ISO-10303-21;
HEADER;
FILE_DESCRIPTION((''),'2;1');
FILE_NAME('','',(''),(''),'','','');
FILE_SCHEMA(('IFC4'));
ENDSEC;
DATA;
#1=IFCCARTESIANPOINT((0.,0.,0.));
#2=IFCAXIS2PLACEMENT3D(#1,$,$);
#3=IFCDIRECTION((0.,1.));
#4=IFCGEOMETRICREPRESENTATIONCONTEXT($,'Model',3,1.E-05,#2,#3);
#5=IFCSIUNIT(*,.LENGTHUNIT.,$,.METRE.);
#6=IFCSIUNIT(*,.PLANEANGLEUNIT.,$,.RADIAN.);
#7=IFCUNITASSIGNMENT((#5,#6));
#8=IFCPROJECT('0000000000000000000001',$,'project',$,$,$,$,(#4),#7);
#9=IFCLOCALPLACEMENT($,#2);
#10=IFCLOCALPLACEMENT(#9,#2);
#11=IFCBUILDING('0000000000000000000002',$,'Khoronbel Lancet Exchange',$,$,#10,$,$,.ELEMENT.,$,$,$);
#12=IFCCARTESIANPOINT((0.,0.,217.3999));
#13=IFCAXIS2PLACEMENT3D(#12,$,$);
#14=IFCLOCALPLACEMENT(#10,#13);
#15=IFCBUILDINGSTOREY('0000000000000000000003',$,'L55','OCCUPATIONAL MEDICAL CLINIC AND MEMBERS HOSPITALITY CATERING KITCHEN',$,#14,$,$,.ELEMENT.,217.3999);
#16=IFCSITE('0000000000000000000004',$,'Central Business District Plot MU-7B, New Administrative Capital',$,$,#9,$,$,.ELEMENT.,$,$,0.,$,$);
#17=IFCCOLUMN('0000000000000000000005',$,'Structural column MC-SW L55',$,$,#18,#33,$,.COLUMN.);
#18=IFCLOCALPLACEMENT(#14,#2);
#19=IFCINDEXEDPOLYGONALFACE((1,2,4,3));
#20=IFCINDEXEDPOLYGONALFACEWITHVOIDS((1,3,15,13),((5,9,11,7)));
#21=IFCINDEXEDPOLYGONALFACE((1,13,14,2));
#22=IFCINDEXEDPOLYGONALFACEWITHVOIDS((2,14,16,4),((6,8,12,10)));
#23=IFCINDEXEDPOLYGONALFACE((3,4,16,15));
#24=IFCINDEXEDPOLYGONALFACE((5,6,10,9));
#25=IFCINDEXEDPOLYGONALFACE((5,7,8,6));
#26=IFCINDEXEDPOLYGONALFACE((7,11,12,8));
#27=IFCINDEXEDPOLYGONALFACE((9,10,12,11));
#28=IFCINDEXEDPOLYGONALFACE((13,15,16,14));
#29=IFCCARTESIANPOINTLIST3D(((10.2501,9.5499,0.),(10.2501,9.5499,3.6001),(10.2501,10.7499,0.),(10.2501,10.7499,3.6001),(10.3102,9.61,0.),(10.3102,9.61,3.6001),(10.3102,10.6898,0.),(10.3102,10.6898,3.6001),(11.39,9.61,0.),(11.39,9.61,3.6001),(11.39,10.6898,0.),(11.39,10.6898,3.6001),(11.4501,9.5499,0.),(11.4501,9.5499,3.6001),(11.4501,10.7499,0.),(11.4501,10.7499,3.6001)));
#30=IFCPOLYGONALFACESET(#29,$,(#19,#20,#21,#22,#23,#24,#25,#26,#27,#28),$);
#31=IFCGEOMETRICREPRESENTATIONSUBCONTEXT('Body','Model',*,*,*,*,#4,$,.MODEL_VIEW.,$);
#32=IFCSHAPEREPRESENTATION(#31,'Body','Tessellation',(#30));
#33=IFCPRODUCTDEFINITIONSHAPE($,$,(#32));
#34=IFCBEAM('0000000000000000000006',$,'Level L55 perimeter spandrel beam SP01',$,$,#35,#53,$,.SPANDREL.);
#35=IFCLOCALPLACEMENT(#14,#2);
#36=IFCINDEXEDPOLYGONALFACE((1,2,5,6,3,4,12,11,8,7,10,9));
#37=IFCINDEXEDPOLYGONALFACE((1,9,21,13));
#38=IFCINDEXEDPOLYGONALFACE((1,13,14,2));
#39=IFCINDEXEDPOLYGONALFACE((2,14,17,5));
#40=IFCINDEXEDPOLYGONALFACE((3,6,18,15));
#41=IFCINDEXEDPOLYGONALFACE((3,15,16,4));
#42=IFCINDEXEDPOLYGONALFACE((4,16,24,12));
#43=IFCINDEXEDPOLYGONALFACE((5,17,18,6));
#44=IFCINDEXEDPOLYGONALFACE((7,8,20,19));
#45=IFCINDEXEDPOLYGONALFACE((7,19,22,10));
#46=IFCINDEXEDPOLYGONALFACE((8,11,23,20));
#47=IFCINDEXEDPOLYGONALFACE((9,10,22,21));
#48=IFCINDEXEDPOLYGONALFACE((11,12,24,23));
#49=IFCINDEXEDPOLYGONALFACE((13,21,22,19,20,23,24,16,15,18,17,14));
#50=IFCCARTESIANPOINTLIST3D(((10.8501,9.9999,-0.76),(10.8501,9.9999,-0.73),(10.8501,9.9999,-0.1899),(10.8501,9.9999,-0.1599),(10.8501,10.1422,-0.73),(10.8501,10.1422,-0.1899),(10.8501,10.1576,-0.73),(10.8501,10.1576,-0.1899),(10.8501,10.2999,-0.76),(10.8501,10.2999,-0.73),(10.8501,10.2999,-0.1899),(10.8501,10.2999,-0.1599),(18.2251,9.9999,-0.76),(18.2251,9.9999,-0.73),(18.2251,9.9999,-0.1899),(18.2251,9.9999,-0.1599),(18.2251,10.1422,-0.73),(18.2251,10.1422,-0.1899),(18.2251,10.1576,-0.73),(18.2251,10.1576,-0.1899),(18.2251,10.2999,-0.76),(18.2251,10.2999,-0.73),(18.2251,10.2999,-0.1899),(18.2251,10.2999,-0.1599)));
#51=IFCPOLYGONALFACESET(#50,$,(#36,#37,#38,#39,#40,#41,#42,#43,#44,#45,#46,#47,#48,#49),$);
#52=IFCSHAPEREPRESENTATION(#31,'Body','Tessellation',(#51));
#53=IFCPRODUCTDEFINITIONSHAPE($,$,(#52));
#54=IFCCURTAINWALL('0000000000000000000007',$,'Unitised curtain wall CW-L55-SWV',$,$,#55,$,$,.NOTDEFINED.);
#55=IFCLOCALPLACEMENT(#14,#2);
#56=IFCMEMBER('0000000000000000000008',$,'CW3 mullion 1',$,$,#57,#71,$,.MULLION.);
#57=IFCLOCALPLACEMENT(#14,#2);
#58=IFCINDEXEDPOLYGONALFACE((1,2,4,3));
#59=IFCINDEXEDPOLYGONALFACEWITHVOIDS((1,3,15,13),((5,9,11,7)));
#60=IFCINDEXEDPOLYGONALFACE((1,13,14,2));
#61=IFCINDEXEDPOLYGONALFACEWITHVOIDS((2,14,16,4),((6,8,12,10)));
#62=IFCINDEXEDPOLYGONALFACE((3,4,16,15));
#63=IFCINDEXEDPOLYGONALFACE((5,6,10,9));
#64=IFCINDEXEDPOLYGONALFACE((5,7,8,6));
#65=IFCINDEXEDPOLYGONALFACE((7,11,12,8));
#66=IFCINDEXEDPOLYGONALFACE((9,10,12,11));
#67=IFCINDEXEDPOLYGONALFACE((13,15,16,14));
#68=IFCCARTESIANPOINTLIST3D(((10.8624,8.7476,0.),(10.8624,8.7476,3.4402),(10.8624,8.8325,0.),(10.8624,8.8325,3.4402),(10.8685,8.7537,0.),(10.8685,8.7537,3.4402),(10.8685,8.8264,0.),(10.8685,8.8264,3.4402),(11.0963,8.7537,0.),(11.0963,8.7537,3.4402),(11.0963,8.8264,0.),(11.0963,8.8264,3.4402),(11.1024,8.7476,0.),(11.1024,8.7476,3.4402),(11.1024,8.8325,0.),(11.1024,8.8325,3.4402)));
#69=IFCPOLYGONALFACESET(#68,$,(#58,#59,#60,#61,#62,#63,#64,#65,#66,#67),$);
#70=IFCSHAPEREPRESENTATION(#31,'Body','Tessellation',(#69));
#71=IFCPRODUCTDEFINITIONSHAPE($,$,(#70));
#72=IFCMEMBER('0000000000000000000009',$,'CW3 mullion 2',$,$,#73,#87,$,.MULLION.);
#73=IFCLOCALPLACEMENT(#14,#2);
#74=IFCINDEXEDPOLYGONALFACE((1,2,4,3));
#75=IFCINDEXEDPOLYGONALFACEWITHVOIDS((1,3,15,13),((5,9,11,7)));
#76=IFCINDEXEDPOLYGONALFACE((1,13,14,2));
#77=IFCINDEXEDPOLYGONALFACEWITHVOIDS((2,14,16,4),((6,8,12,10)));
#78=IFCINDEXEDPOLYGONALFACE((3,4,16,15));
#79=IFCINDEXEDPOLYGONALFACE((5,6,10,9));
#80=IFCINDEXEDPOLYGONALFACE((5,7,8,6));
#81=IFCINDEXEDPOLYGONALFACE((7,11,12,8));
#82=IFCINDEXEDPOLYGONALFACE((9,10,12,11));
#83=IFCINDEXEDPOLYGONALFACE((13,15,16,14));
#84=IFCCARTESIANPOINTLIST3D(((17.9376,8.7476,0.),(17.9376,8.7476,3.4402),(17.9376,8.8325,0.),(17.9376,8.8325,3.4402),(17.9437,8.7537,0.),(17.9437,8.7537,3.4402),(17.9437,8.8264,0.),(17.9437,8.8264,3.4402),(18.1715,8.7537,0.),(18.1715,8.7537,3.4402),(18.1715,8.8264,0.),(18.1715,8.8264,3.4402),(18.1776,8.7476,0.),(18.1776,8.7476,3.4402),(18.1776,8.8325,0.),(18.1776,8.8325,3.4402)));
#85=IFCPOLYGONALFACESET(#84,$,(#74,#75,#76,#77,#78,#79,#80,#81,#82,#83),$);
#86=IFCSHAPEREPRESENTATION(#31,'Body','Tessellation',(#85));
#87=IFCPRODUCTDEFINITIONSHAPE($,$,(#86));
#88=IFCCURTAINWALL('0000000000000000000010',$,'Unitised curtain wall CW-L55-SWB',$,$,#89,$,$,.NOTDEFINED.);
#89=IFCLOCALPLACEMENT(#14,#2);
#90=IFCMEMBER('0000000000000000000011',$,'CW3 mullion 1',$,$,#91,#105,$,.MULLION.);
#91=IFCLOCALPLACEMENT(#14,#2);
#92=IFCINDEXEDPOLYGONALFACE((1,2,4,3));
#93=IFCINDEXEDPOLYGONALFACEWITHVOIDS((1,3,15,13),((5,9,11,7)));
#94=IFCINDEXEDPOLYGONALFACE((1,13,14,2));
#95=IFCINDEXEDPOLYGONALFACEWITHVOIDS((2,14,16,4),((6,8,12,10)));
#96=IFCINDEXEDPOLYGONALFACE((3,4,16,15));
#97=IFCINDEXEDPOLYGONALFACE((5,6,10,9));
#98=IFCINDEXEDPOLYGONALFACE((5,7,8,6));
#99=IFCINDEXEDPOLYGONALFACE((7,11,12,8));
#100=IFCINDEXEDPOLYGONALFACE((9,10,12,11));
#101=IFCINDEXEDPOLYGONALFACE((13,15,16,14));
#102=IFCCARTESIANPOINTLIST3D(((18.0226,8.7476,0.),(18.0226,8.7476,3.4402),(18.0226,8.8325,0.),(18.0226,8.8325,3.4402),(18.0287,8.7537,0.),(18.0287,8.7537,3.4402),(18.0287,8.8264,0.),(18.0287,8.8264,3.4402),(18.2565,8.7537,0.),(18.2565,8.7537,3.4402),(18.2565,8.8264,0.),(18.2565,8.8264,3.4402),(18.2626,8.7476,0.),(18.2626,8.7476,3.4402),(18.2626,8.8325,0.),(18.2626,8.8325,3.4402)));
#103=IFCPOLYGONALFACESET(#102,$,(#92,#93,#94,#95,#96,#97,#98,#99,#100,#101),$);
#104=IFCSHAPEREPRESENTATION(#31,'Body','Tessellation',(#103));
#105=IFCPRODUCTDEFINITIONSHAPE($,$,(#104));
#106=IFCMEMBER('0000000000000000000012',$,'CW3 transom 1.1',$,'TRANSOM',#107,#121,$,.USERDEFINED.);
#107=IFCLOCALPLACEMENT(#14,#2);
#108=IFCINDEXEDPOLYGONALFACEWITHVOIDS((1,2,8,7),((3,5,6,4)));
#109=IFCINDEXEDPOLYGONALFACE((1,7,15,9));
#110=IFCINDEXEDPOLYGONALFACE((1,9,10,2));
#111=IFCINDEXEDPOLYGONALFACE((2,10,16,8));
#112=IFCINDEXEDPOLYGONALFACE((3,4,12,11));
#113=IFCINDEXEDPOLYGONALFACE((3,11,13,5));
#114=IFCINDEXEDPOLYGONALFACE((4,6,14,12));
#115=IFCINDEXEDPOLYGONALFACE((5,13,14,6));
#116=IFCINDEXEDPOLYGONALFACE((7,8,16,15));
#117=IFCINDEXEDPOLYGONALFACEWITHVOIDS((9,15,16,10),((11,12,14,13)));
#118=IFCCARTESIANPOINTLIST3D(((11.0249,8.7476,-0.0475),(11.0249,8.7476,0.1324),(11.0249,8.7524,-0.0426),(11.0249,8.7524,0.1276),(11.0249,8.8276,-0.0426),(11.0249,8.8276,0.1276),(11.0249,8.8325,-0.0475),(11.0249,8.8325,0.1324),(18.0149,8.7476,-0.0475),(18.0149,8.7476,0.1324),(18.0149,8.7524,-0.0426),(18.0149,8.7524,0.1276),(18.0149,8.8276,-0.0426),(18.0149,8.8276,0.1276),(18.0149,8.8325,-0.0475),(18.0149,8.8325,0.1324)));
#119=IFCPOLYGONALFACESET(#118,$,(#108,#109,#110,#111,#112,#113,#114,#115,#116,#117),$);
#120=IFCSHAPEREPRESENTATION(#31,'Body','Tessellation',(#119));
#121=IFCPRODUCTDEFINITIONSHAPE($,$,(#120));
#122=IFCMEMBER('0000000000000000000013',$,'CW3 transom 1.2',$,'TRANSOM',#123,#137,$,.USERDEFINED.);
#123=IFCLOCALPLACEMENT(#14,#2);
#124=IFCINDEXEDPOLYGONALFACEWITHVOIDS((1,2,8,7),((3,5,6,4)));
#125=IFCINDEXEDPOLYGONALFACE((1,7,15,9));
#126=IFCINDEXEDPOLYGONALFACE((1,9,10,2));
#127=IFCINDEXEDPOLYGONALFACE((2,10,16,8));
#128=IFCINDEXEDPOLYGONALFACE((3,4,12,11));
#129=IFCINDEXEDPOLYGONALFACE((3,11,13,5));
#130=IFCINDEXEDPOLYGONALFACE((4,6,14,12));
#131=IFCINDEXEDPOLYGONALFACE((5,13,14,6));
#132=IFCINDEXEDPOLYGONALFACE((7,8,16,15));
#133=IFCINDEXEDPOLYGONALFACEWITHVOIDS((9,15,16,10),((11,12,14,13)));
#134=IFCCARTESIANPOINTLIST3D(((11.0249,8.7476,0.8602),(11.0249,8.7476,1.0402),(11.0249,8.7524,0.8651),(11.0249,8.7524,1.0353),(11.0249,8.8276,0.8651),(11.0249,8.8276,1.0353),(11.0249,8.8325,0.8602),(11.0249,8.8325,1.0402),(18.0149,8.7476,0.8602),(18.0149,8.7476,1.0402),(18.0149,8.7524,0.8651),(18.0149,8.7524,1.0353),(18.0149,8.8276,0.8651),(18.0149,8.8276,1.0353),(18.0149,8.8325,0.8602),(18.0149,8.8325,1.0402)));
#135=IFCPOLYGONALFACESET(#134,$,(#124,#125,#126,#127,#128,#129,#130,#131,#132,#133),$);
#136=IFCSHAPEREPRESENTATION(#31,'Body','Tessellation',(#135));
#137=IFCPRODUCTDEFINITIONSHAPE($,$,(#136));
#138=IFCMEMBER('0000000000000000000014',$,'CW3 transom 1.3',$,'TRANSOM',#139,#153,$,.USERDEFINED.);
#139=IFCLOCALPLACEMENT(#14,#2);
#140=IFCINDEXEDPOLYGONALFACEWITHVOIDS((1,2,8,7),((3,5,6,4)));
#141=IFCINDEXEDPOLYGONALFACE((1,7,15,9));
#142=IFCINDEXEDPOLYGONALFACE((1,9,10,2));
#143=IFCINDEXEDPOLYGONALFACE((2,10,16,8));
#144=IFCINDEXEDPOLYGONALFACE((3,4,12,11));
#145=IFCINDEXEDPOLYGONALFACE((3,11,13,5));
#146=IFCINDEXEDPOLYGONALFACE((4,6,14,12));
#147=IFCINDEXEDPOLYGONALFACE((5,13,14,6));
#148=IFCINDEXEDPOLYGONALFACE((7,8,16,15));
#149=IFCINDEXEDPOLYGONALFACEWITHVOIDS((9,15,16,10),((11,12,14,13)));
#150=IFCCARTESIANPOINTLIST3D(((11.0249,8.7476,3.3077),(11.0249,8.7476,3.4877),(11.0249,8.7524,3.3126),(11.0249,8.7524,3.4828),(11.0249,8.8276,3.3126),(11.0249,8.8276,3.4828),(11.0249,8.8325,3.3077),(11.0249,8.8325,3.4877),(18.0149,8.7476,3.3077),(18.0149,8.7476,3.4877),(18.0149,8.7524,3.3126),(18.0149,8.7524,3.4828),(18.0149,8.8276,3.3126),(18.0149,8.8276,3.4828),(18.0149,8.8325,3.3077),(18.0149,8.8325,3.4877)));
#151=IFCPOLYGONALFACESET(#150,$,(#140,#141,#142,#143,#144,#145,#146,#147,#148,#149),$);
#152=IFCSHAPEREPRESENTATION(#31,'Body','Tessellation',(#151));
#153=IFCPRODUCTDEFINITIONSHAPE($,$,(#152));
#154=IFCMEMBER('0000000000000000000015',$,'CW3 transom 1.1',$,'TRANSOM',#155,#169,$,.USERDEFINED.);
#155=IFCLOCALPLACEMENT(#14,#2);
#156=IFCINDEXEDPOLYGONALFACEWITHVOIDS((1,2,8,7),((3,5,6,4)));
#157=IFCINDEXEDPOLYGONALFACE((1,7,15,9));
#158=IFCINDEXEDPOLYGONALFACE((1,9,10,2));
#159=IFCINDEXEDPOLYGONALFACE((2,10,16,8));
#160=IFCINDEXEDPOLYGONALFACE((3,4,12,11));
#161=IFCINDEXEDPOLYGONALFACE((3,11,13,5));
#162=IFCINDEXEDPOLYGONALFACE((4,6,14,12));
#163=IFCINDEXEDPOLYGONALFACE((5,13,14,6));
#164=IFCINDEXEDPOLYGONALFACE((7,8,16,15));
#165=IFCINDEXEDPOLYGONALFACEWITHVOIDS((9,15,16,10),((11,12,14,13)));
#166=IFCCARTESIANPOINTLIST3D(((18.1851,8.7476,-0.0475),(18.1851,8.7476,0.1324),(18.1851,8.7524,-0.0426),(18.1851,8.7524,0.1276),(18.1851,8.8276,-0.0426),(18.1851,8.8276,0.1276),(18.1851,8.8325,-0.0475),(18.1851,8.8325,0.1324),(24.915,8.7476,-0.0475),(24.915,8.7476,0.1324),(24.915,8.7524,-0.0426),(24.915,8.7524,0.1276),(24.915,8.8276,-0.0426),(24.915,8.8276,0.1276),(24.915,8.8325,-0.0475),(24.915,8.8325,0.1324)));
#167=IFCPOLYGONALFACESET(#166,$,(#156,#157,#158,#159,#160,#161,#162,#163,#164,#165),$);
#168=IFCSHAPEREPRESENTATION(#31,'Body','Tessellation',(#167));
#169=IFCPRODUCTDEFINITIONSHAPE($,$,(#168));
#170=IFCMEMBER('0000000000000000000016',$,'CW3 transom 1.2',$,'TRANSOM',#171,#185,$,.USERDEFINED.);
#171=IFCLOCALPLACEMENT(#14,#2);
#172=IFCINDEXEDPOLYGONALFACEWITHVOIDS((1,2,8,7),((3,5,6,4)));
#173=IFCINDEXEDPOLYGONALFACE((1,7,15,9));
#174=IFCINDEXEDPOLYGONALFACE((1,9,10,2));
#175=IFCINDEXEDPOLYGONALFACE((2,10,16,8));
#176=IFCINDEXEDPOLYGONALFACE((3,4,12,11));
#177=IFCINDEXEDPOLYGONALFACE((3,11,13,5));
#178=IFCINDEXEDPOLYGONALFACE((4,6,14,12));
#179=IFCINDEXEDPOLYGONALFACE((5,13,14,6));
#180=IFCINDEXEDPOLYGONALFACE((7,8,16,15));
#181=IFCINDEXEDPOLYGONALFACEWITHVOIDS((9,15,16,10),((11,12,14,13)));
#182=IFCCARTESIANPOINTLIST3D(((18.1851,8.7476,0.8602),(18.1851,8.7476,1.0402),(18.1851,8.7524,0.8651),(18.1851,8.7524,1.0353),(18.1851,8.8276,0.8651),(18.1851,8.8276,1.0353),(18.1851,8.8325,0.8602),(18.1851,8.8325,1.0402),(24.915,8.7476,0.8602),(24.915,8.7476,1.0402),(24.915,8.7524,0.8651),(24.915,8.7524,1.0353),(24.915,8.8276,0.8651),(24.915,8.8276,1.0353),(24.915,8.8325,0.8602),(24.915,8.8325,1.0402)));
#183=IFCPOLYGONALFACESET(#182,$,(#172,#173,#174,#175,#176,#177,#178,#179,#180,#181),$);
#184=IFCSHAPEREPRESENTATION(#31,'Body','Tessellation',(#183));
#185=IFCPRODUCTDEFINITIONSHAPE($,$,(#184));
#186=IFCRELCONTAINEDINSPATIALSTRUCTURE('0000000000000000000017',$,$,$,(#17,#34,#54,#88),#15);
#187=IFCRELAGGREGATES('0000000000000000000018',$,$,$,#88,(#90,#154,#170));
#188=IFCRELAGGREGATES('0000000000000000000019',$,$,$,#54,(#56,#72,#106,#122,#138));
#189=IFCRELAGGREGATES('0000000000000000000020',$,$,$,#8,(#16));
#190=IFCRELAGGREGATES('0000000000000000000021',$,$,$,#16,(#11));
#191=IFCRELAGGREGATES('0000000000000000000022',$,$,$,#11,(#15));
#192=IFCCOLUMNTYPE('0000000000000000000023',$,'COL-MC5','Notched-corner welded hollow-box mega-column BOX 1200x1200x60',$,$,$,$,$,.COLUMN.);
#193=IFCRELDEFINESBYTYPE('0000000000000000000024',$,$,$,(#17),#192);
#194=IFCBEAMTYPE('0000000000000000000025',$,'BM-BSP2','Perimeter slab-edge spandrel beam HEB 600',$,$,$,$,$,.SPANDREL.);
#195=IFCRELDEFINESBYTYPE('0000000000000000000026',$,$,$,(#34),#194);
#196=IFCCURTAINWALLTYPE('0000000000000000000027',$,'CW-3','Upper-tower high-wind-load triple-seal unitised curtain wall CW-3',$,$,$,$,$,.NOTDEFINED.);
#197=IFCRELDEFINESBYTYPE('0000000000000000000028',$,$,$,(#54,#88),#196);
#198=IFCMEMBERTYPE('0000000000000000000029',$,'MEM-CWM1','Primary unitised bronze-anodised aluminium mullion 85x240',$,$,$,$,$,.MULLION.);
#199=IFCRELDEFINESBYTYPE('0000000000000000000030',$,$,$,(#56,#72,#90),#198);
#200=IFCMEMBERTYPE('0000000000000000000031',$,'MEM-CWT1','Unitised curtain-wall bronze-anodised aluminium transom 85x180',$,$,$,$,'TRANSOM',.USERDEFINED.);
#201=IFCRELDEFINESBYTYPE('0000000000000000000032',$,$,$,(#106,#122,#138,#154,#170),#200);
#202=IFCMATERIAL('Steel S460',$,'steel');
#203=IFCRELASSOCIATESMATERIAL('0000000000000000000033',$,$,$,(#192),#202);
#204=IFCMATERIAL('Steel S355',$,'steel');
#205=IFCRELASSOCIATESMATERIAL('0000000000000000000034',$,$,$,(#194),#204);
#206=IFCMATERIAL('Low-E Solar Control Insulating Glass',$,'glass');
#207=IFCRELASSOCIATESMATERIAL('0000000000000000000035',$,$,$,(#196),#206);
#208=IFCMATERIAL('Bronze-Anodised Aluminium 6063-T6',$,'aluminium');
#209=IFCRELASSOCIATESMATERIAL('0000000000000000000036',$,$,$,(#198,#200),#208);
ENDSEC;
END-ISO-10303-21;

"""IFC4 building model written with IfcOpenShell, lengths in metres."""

from ifc_helpers import new_model, si_unit, direction, frame, origin, origin_2d, place, context, subcontext, project, spatial, hollow_rectangle, i_section, extrude, material, material_profile, profile_set, type_object, element, aggregate, save


model = new_model("IFC4")

# Units and contexts
model_context = context("Model", 3, precision=1e-05, world=origin(), true_north=direction((0.0, 1.0)))
body_context = subcontext(model_context, "Body", "Model", "MODEL_VIEW")
ifc_project = project(units=[si_unit("LENGTHUNIT", "METRE"), si_unit("PLANEANGLEUNIT", "RADIAN")], contexts=[model_context])

# Site, building, storey
site_placement = place(None, origin())
site = spatial("IfcSite", under=ifc_project, at=site_placement, Name="Central Business District Plot MU-7B, New Administrative Capital", CompositionType="ELEMENT", RefElevation=0.0)
building_placement = place(site_placement, origin())
building = spatial("IfcBuilding", under=site, at=building_placement, Name="Khoronbel Lancet Exchange", CompositionType="ELEMENT")
storey_placement = place(building_placement, frame((0.0, 0.0, 217.3999)))
storey = spatial("IfcBuildingStorey", under=building, at=storey_placement, Name="L55", Description="OCCUPATIONAL MEDICAL CLINIC AND MEMBERS HOSPITALITY CATERING KITCHEN", CompositionType="ELEMENT", Elevation=217.3999)

# Column
ifc_material_1 = material(Name="Steel S460", Category="steel")
ifc_material_profile_1 = material_profile(ifc_material_1, hollow_rectangle(XDim=1.2, YDim=1.2, WallThickness=0.0601, at=origin_2d()), Name="BOX 1200x1200x60")
ifc_profile_set_1 = profile_set([ifc_material_profile_1], Name="Steel S460")
column_type = type_object("IfcColumnType", Name="COL-MC5", Description="Notched-corner welded hollow-box mega-column BOX 1200x1200x60", PredefinedType="COLUMN", material=ifc_profile_set_1)
column_placement = place(storey_placement, frame((10.8501, 10.1499, 0.0), z_axis=(0.0, 0.0, 1.0), x_axis=(1.0, 0.0, 0.0)))
element("IfcColumn", 1, at=column_placement, inside=storey, type_object=column_type, Name="Structural column MC-SW L55", PredefinedType="COLUMN", context=body_context, shape_type="SweptSolid", body=[
    extrude(hollow_rectangle(XDim=1.2, YDim=1.2, WallThickness=0.0601, at=origin_2d()), origin(), (0.0, 0.0, 1.0), 3.6001),
])

# Beam
ifc_material_2 = material(Name="Steel S355", Category="steel")
ifc_material_profile_2 = material_profile(ifc_material_2, i_section(OverallWidth=0.3, OverallDepth=0.6001, WebThickness=0.0154, FlangeThickness=0.03, at=origin_2d()), Name="HEB 600")
ifc_profile_set_2 = profile_set([ifc_material_profile_2], Name="Steel S355")
beam_type = type_object("IfcBeamType", Name="BM-BSP2", Description="Perimeter slab-edge spandrel beam HEB 600", PredefinedType="SPANDREL", material=ifc_profile_set_2)
beam_placement = place(storey_placement, frame((10.8501, 10.1499, -0.46), z_axis=(1.0, 0.0, 0.0), x_axis=(0.0, 1.0, 0.0)))
element("IfcBeam", 2, at=beam_placement, inside=storey, type_object=beam_type, Name="Level L55 perimeter spandrel beam SP01", PredefinedType="SPANDREL", context=body_context, shape_type="SweptSolid", body=[
    extrude(i_section(OverallWidth=0.3, OverallDepth=0.6001, WebThickness=0.0154, FlangeThickness=0.03, at=origin_2d()), origin(), (0.0, 0.0, 1.0), 7.375),
])

# Curtain wall, members
ifc_material_3 = material(Name="Low-E Solar Control Insulating Glass", Category="glass")
curtain_wall_type = type_object("IfcCurtainWallType", Name="CW-3", Description="Upper-tower high-wind-load triple-seal unitised curtain wall CW-3", PredefinedType="NOTDEFINED", material=ifc_material_3)
curtain_wall_1_placement = place(storey_placement, origin())
curtain_wall_1 = element("IfcCurtainWall", 3, at=curtain_wall_1_placement, inside=storey, type_object=curtain_wall_type, Name="Unitised curtain wall CW-L55-SWV", PredefinedType="NOTDEFINED")
ifc_material_4 = material(Name="Bronze-Anodised Aluminium 6063-T6", Category="aluminium")
ifc_material_profile_3 = material_profile(ifc_material_4, hollow_rectangle(XDim=0.085, YDim=0.24, WallThickness=0.0061, at=origin_2d()), Name="ALU MULLION 85x240")
ifc_profile_set_3 = profile_set([ifc_material_profile_3], Name="Bronze-Anodised Aluminium 6063-T6")
member_type_1 = type_object("IfcMemberType", Name="MEM-CWM1", Description="Primary unitised bronze-anodised aluminium mullion 85x240", PredefinedType="MULLION", material=ifc_profile_set_3)
member_1_placement = place(storey_placement, frame((10.9824, 8.79, 0.0), z_axis=(0.0, 0.0, 1.0), x_axis=(0.0, 1.0, 0.0)))
member_1 = element("IfcMember", 4, at=member_1_placement, type_object=member_type_1, Name="CW3 mullion 1", PredefinedType="MULLION", context=body_context, shape_type="SweptSolid", body=[
    extrude(hollow_rectangle(XDim=0.085, YDim=0.24, WallThickness=0.0061, at=origin_2d()), origin(), (0.0, 0.0, 1.0), 3.4402),
])
member_2_placement = place(storey_placement, frame((18.0576, 8.79, 0.0), z_axis=(0.0, 0.0, 1.0), x_axis=(0.0, 1.0, 0.0)))
member_2 = element("IfcMember", 5, at=member_2_placement, type_object=member_type_1, Name="CW3 mullion 2", PredefinedType="MULLION", context=body_context, shape_type="SweptSolid", body=[
    extrude(hollow_rectangle(XDim=0.085, YDim=0.24, WallThickness=0.0061, at=origin_2d()), origin(), (0.0, 0.0, 1.0), 3.4402),
])

# Curtain wall, member
curtain_wall_2_placement = place(storey_placement, origin())
curtain_wall_2 = element("IfcCurtainWall", 6, at=curtain_wall_2_placement, inside=storey, type_object=curtain_wall_type, Name="Unitised curtain wall CW-L55-SWB", PredefinedType="NOTDEFINED")
member_3_placement = place(storey_placement, frame((18.1426, 8.79, 0.0), z_axis=(0.0, 0.0, 1.0), x_axis=(0.0, 1.0, 0.0)))
member_3 = element("IfcMember", 7, at=member_3_placement, type_object=member_type_1, Name="CW3 mullion 1", PredefinedType="MULLION", context=body_context, shape_type="SweptSolid", body=[
    extrude(hollow_rectangle(XDim=0.085, YDim=0.24, WallThickness=0.0061, at=origin_2d()), origin(), (0.0, 0.0, 1.0), 3.4402),
])

# Members
ifc_material_profile_4 = material_profile(ifc_material_4, hollow_rectangle(XDim=0.085, YDim=0.1799, WallThickness=0.0049, at=origin_2d()), Name="ALU TRANSOM 85x180")
ifc_profile_set_4 = profile_set([ifc_material_profile_4], Name="Bronze-Anodised Aluminium 6063-T6")
member_type_2 = type_object("IfcMemberType", Name="MEM-CWT1", Description="Unitised curtain-wall bronze-anodised aluminium transom 85x180", ElementType="TRANSOM", PredefinedType="USERDEFINED", material=ifc_profile_set_4)
member_4_placement = place(storey_placement, frame((11.0249, 8.79, 0.0425), z_axis=(1.0, 0.0, 0.0), x_axis=(0.0, 1.0, 0.0)))
member_4 = element("IfcMember", 8, at=member_4_placement, type_object=member_type_2, Name="CW3 transom 1.1", ObjectType="TRANSOM", PredefinedType="USERDEFINED", context=body_context, shape_type="SweptSolid", body=[
    extrude(hollow_rectangle(XDim=0.085, YDim=0.1799, WallThickness=0.0049, at=origin_2d()), origin(), (0.0, 0.0, 1.0), 6.99),
])
member_5_placement = place(storey_placement, frame((11.0249, 8.79, 0.9502), z_axis=(1.0, 0.0, 0.0), x_axis=(0.0, 1.0, 0.0)))
member_5 = element("IfcMember", 9, at=member_5_placement, type_object=member_type_2, Name="CW3 transom 1.2", ObjectType="TRANSOM", PredefinedType="USERDEFINED", context=body_context, shape_type="SweptSolid", body=[
    extrude(hollow_rectangle(XDim=0.085, YDim=0.1799, WallThickness=0.0049, at=origin_2d()), origin(), (0.0, 0.0, 1.0), 6.99),
])
member_6_placement = place(storey_placement, frame((11.0249, 8.79, 3.3977), z_axis=(1.0, 0.0, 0.0), x_axis=(0.0, 1.0, 0.0)))
member_6 = element("IfcMember", 10, at=member_6_placement, type_object=member_type_2, Name="CW3 transom 1.3", ObjectType="TRANSOM", PredefinedType="USERDEFINED", context=body_context, shape_type="SweptSolid", body=[
    extrude(hollow_rectangle(XDim=0.085, YDim=0.1799, WallThickness=0.0049, at=origin_2d()), origin(), (0.0, 0.0, 1.0), 6.99),
])
member_7_placement = place(storey_placement, frame((18.1851, 8.79, 0.0425), z_axis=(1.0, 0.0, 0.0), x_axis=(0.0, 1.0, 0.0)))
member_7 = element("IfcMember", 11, at=member_7_placement, type_object=member_type_2, Name="CW3 transom 1.1", ObjectType="TRANSOM", PredefinedType="USERDEFINED", context=body_context, shape_type="SweptSolid", body=[
    extrude(hollow_rectangle(XDim=0.085, YDim=0.1799, WallThickness=0.0049, at=origin_2d()), origin(), (0.0, 0.0, 1.0), 6.73),
])
member_8_placement = place(storey_placement, frame((18.1851, 8.79, 0.9502), z_axis=(1.0, 0.0, 0.0), x_axis=(0.0, 1.0, 0.0)))
member_8 = element("IfcMember", 12, at=member_8_placement, type_object=member_type_2, Name="CW3 transom 1.2", ObjectType="TRANSOM", PredefinedType="USERDEFINED", context=body_context, shape_type="SweptSolid", body=[
    extrude(hollow_rectangle(XDim=0.085, YDim=0.1799, WallThickness=0.0049, at=origin_2d()), origin(), (0.0, 0.0, 1.0), 6.73),
])
aggregate(curtain_wall_2, [member_3, member_7, member_8])

aggregate(curtain_wall_1, [member_1, member_2, member_4, member_5, member_6])

save(model, "model.ifc")
